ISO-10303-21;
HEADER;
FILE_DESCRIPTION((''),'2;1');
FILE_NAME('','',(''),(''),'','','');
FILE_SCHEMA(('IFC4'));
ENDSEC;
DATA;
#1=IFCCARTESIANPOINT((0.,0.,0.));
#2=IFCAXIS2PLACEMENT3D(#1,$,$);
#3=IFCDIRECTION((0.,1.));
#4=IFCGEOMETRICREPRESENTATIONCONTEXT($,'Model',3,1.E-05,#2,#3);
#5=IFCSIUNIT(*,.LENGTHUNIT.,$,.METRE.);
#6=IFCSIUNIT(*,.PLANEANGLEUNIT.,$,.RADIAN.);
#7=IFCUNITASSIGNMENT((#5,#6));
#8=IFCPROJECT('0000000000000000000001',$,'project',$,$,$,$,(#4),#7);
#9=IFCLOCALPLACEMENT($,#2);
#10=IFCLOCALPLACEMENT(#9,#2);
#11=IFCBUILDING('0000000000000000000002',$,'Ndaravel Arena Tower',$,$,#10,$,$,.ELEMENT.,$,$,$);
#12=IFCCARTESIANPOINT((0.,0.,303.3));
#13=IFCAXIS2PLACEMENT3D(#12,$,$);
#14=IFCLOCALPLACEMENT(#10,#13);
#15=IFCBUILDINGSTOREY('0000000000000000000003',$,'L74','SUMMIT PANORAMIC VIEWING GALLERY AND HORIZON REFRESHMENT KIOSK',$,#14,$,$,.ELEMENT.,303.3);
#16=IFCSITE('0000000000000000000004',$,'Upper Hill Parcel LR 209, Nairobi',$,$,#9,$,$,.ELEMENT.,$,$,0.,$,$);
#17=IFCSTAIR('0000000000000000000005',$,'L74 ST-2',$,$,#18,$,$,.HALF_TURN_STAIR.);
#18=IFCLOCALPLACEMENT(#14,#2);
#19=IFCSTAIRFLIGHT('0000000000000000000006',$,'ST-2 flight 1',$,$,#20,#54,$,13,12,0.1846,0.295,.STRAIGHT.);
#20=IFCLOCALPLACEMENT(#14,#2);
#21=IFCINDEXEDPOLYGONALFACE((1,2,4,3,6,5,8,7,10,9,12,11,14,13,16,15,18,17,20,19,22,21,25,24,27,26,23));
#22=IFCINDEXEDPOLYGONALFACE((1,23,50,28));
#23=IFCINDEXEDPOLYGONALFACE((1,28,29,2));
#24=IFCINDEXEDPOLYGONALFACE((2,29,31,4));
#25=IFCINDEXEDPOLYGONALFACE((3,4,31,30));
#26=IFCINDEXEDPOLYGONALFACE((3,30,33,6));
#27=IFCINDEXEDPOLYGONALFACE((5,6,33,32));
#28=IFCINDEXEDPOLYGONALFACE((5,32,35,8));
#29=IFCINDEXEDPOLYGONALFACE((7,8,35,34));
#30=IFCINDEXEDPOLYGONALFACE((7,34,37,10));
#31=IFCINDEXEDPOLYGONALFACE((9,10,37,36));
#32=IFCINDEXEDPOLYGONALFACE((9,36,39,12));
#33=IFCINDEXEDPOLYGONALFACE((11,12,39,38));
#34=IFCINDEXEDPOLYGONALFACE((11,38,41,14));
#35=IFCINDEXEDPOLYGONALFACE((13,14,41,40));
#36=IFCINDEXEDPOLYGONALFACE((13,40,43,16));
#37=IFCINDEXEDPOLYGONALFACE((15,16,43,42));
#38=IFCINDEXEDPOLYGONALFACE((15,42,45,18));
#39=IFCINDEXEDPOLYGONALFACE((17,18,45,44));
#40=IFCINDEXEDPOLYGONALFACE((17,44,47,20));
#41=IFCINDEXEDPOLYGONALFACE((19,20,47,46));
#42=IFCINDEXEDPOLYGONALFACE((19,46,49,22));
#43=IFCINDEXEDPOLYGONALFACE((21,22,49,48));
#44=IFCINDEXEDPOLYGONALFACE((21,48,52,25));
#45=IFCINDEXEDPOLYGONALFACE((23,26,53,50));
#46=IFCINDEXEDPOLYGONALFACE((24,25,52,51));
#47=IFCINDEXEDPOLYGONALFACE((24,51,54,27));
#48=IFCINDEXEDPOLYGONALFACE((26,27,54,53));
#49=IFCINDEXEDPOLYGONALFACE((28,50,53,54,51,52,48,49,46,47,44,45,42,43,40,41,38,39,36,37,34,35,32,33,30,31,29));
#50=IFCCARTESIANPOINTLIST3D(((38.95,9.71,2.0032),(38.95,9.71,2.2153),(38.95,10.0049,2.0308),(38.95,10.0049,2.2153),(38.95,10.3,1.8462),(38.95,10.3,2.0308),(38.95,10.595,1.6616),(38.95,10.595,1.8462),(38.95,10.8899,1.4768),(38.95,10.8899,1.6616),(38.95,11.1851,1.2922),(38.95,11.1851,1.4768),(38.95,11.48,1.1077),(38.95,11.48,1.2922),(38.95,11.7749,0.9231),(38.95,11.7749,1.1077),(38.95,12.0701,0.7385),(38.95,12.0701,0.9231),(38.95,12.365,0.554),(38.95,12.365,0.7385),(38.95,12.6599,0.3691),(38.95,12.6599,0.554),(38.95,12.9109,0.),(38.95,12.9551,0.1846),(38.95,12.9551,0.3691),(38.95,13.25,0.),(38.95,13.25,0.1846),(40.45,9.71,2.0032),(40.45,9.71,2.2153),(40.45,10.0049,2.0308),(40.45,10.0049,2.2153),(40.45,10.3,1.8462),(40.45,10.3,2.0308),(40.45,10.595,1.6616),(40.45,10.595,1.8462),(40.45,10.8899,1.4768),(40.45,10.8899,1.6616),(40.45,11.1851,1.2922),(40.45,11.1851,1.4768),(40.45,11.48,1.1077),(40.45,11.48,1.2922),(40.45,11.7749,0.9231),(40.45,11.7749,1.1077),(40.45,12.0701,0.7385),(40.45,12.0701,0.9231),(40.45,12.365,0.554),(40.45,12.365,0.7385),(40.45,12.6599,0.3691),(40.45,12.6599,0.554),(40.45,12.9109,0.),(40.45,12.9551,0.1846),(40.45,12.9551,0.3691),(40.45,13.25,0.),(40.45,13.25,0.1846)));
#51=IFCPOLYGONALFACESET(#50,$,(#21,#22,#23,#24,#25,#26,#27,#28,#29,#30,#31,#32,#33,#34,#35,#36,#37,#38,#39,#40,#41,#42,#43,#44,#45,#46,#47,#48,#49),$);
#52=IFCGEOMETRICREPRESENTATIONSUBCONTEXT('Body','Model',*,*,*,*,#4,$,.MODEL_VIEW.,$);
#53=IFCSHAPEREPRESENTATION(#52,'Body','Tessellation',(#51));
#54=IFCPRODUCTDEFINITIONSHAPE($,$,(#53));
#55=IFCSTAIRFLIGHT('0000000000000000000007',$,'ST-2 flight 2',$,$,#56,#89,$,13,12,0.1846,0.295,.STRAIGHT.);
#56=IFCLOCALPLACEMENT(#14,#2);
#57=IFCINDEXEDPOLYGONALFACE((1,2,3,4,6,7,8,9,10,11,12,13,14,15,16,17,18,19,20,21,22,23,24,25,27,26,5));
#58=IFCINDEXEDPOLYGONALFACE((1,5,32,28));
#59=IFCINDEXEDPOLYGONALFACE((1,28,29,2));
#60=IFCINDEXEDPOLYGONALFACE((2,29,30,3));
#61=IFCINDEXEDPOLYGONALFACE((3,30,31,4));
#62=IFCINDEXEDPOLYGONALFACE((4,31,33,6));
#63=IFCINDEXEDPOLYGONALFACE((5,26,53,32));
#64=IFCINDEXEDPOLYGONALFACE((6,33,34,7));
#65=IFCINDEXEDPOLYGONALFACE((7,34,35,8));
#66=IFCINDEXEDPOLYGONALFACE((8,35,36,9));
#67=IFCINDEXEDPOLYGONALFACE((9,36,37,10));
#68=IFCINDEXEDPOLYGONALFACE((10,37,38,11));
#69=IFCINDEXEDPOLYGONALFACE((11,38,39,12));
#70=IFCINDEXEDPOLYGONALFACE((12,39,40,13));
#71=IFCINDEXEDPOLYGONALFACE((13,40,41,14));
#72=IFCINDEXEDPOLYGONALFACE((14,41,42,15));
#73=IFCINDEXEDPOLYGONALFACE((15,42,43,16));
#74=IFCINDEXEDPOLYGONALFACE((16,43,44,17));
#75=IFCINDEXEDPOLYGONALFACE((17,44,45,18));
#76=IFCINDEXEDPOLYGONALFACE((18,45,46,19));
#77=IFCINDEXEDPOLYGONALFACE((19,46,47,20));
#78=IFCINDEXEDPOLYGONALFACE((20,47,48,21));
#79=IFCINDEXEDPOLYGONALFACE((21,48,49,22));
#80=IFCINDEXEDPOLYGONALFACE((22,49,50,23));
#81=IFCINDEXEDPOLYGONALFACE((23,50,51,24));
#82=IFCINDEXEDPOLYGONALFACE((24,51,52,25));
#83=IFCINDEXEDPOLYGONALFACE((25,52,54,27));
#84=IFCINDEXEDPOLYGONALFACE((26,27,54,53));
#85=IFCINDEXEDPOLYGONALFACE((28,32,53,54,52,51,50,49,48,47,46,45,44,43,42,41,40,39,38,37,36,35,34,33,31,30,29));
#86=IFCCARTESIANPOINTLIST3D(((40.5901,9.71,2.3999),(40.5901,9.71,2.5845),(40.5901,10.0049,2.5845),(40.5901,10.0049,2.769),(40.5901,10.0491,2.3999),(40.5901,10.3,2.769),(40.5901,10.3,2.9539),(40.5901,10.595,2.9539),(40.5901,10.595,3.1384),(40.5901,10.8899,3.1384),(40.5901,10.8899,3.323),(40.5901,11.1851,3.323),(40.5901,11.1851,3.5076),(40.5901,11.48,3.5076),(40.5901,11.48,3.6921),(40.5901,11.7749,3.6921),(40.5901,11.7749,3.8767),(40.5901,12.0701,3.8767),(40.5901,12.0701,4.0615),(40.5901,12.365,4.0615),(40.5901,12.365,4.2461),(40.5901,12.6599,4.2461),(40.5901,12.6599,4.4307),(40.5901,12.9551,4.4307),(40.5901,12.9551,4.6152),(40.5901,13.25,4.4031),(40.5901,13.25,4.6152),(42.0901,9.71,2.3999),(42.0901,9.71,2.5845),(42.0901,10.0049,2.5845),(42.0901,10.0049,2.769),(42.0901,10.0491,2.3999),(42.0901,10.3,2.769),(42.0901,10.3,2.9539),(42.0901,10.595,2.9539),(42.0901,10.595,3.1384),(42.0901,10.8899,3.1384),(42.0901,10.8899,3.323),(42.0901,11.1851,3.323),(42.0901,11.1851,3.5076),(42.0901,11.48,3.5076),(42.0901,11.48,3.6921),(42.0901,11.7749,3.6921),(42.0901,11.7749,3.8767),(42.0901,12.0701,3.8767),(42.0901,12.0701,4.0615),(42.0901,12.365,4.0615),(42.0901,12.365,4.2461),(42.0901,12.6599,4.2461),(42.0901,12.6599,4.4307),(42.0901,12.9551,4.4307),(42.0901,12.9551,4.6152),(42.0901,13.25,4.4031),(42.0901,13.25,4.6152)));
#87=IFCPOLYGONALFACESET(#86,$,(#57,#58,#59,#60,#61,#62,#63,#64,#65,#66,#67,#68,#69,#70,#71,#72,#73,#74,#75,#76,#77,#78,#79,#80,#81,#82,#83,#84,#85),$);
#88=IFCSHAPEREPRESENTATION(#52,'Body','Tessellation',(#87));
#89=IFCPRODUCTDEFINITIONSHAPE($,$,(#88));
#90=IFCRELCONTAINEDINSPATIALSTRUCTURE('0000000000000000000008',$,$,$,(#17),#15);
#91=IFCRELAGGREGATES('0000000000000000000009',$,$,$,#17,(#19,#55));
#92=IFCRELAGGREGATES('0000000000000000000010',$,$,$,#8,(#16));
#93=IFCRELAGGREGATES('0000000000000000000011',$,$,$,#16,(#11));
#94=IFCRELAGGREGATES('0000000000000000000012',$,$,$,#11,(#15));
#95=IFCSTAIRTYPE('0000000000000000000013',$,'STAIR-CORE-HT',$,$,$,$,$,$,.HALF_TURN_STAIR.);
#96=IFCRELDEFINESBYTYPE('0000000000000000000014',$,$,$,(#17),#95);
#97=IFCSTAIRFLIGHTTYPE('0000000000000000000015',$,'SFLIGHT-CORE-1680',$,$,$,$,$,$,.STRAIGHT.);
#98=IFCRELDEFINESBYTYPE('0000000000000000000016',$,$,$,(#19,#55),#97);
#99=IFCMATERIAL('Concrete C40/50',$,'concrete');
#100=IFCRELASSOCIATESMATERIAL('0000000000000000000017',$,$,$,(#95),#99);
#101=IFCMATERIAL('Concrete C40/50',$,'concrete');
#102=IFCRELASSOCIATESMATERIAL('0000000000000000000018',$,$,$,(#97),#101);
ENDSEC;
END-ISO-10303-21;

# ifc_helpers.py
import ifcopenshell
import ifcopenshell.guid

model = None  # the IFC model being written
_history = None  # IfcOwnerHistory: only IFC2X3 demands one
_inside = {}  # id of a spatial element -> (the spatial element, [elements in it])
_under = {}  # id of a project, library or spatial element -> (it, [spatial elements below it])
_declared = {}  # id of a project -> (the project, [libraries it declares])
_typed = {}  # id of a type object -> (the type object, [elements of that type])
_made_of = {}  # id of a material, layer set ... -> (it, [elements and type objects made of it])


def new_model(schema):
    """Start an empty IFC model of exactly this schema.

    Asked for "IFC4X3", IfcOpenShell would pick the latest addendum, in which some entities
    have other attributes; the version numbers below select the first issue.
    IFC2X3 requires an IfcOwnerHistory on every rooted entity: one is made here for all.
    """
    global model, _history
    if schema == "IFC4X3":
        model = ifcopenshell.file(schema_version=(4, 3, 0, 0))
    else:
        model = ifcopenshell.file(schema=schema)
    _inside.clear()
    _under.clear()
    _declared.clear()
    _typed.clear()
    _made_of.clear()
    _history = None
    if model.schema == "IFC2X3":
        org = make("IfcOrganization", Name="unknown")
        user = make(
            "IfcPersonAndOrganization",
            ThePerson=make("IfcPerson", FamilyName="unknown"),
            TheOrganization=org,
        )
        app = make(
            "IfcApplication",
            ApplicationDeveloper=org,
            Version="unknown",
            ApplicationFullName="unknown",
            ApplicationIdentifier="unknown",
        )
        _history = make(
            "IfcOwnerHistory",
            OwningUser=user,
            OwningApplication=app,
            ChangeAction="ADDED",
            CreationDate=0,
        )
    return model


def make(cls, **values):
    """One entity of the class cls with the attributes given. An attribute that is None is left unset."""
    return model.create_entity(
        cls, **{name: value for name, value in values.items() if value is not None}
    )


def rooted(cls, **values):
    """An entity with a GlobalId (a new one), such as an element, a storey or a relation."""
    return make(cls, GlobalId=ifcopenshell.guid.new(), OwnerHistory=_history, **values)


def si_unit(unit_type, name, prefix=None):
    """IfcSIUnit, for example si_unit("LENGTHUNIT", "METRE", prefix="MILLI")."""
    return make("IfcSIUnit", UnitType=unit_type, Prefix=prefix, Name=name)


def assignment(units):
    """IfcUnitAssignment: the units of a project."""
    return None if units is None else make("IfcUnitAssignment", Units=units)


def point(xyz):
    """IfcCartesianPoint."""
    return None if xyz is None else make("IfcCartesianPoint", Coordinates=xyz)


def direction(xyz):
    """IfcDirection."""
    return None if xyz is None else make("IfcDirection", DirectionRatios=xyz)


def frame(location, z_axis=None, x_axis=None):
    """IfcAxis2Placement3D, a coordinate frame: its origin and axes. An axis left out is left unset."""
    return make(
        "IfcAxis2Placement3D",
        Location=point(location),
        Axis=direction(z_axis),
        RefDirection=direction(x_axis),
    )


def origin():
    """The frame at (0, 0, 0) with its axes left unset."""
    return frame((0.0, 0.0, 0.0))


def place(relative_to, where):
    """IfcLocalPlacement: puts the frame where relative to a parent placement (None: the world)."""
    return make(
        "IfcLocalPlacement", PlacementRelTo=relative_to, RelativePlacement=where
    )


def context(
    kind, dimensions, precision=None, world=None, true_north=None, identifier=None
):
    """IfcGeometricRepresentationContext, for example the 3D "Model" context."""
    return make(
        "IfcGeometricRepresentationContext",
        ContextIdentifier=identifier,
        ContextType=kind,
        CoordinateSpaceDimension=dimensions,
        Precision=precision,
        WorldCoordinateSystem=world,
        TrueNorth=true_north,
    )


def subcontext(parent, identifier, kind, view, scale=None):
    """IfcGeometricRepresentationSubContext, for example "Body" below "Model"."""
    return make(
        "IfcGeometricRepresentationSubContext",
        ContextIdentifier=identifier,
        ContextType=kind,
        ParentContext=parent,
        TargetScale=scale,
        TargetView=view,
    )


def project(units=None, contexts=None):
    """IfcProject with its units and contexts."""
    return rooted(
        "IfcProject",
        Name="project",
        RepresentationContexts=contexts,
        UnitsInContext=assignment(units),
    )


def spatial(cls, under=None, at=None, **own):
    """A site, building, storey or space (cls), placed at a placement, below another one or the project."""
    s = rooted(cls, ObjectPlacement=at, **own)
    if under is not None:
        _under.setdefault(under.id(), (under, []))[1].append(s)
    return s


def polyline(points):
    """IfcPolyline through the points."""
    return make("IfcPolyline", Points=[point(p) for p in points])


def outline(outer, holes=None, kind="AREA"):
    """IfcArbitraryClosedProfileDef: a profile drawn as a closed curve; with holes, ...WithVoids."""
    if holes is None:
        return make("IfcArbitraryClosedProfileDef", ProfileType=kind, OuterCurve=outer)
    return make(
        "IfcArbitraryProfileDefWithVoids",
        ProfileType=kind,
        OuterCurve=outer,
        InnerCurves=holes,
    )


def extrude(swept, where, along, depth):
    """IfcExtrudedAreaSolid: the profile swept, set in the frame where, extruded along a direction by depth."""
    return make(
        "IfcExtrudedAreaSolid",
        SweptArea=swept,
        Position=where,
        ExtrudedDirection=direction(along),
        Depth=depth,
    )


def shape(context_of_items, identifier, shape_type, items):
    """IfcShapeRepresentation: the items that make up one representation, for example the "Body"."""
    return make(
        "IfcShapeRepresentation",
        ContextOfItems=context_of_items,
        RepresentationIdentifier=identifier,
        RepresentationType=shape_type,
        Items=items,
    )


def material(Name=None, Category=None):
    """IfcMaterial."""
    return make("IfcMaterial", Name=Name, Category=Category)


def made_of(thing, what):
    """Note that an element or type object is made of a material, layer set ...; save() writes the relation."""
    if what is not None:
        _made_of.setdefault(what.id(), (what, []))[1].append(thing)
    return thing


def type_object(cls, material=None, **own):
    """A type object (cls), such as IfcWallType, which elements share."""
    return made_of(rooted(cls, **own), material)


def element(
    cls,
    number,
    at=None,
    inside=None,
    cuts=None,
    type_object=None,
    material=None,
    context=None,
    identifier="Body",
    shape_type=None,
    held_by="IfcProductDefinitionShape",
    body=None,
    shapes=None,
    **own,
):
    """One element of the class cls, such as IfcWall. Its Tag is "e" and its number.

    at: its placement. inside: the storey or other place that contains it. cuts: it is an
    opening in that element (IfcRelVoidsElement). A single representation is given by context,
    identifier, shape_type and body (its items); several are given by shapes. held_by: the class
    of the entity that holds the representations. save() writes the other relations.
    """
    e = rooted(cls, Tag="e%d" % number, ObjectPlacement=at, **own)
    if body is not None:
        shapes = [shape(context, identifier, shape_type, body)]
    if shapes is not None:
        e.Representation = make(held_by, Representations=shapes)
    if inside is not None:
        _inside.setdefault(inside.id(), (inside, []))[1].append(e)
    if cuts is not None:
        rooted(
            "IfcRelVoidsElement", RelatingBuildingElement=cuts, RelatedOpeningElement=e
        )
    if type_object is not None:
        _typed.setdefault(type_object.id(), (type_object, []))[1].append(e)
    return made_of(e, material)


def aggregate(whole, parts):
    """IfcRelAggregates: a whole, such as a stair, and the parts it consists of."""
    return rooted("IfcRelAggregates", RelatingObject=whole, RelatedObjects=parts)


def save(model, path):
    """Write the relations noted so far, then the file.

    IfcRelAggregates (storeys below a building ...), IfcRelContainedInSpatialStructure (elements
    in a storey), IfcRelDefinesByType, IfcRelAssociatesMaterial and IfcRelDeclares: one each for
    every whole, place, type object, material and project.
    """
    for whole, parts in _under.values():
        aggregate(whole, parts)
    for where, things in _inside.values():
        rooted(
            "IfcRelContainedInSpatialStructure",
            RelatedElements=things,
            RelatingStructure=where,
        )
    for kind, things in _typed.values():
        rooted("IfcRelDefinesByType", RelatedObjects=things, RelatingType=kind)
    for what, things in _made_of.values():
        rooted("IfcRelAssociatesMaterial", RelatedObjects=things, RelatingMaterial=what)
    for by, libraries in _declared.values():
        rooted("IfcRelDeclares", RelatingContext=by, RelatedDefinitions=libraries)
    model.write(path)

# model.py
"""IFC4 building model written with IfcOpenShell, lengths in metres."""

from ifc_helpers import new_model, si_unit, direction, frame, origin, place, context, subcontext, project, spatial, polyline, outline, extrude, material, type_object, element, aggregate, save


model = new_model("IFC4")

# Units and contexts
model_context = context("Model", 3, precision=1e-05, world=origin(), true_north=direction((0.0, 1.0)))
body_context = subcontext(model_context, "Body", "Model", "MODEL_VIEW")
ifc_project = project(units=[si_unit("LENGTHUNIT", "METRE"), si_unit("PLANEANGLEUNIT", "RADIAN")], contexts=[model_context])

# Site, building, storey
site_placement = place(None, origin())
site = spatial("IfcSite", under=ifc_project, at=site_placement, Name="Upper Hill Parcel LR 209, Nairobi", CompositionType="ELEMENT", RefElevation=0.0)
building_placement = place(site_placement, origin())
building = spatial("IfcBuilding", under=site, at=building_placement, Name="Ndaravel Arena Tower", CompositionType="ELEMENT")
storey_placement = place(building_placement, frame((0.0, 0.0, 303.3)))
storey = spatial("IfcBuildingStorey", under=building, at=storey_placement, Name="L74", Description="SUMMIT PANORAMIC VIEWING GALLERY AND HORIZON REFRESHMENT KIOSK", CompositionType="ELEMENT", Elevation=303.3)

# Stair, stair flights
ifc_material_1 = material(Name="Concrete C40/50", Category="concrete")
stair_type = type_object("IfcStairType", Name="STAIR-CORE-HT", PredefinedType="HALF_TURN_STAIR", material=ifc_material_1)
ifc_material_2 = material(Name="Concrete C40/50", Category="concrete")
stair_flight_type = type_object("IfcStairFlightType", Name="SFLIGHT-CORE-1680", PredefinedType="STRAIGHT", material=ifc_material_2)
stair_1_placement = place(storey_placement, origin())
stair_1 = element("IfcStair", 1, at=stair_1_placement, inside=storey, type_object=stair_type, Name="L74 ST-2", PredefinedType="HALF_TURN_STAIR")
stair_flight_1_placement = place(storey_placement, frame((39.7, 13.25, 0.0), z_axis=(0.0, 0.0, 1.0), x_axis=(0.0, -1.0, 0.0)))
stair_flight_1 = element("IfcStairFlight", 2, at=stair_flight_1_placement, type_object=stair_flight_type, Name="ST-2 flight 1", NumberOfRisers=13, NumberOfTreads=12, PredefinedType="STRAIGHT", RiserHeight=0.1846, TreadLength=0.295, context=body_context, shape_type="SweptSolid", body=[
    extrude(outline(polyline([(0.0, 0.0), (0.0, 0.1846), (0.2949, 0.1846), (0.2949, 0.3691), (0.5901, 0.3691), (0.5901, 0.554), (0.885, 0.554), (0.885, 0.7385), (1.1799, 0.7385), (1.1799, 0.9231), (1.4751, 0.9231), (1.4751, 1.1077), (1.77, 1.1077), (1.77, 1.2922), (2.0649, 1.2922), (2.0649, 1.4768), (2.3601, 1.4768), (2.3601, 1.6616), (2.655, 1.6616), (2.655, 1.8462), (2.95, 1.8462), (2.95, 2.0308), (3.2451, 2.0308), (3.2451, 2.2153), (3.54, 2.2153), (3.54, 2.3999), (3.54, 2.0032), (0.3391, 0.0), (0.0, 0.0)])), frame((0.0, 0.75, 0.0), z_axis=(0.0, -1.0, 0.0), x_axis=(1.0, 0.0, 0.0)), (0.0, 0.0, 1.0), 1.5),
])
stair_flight_2_placement = place(storey_placement, frame((41.3401, 9.71, 2.3999), z_axis=(0.0, 0.0, 1.0), x_axis=(0.0, 1.0, 0.0)))
stair_flight_2 = element("IfcStairFlight", 3, at=stair_flight_2_placement, type_object=stair_flight_type, Name="ST-2 flight 2", NumberOfRisers=13, NumberOfTreads=12, PredefinedType="STRAIGHT", RiserHeight=0.1846, TreadLength=0.295, context=body_context, shape_type="SweptSolid", body=[
    extrude(outline(polyline([(0.0, 0.0), (0.0, 0.1846), (0.2949, 0.1846), (0.2949, 0.3691), (0.5901, 0.3691), (0.5901, 0.554), (0.885, 0.554), (0.885, 0.7385), (1.1799, 0.7385), (1.1799, 0.9231), (1.4751, 0.9231), (1.4751, 1.1077), (1.77, 1.1077), (1.77, 1.2922), (2.0649, 1.2922), (2.0649, 1.4768), (2.3601, 1.4768), (2.3601, 1.6616), (2.655, 1.6616), (2.655, 1.8462), (2.95, 1.8462), (2.95, 2.0308), (3.2451, 2.0308), (3.2451, 2.2153), (3.54, 2.2153), (3.54, 2.3999), (3.54, 2.0032), (0.3391, 0.0), (0.0, 0.0)])), frame((0.0, 0.75, 0.0), z_axis=(0.0, -1.0, 0.0), x_axis=(1.0, 0.0, 0.0)), (0.0, 0.0, 1.0), 1.5),
])
aggregate(stair_1, [stair_flight_1, stair_flight_2])

save(model, "model.ifc")
